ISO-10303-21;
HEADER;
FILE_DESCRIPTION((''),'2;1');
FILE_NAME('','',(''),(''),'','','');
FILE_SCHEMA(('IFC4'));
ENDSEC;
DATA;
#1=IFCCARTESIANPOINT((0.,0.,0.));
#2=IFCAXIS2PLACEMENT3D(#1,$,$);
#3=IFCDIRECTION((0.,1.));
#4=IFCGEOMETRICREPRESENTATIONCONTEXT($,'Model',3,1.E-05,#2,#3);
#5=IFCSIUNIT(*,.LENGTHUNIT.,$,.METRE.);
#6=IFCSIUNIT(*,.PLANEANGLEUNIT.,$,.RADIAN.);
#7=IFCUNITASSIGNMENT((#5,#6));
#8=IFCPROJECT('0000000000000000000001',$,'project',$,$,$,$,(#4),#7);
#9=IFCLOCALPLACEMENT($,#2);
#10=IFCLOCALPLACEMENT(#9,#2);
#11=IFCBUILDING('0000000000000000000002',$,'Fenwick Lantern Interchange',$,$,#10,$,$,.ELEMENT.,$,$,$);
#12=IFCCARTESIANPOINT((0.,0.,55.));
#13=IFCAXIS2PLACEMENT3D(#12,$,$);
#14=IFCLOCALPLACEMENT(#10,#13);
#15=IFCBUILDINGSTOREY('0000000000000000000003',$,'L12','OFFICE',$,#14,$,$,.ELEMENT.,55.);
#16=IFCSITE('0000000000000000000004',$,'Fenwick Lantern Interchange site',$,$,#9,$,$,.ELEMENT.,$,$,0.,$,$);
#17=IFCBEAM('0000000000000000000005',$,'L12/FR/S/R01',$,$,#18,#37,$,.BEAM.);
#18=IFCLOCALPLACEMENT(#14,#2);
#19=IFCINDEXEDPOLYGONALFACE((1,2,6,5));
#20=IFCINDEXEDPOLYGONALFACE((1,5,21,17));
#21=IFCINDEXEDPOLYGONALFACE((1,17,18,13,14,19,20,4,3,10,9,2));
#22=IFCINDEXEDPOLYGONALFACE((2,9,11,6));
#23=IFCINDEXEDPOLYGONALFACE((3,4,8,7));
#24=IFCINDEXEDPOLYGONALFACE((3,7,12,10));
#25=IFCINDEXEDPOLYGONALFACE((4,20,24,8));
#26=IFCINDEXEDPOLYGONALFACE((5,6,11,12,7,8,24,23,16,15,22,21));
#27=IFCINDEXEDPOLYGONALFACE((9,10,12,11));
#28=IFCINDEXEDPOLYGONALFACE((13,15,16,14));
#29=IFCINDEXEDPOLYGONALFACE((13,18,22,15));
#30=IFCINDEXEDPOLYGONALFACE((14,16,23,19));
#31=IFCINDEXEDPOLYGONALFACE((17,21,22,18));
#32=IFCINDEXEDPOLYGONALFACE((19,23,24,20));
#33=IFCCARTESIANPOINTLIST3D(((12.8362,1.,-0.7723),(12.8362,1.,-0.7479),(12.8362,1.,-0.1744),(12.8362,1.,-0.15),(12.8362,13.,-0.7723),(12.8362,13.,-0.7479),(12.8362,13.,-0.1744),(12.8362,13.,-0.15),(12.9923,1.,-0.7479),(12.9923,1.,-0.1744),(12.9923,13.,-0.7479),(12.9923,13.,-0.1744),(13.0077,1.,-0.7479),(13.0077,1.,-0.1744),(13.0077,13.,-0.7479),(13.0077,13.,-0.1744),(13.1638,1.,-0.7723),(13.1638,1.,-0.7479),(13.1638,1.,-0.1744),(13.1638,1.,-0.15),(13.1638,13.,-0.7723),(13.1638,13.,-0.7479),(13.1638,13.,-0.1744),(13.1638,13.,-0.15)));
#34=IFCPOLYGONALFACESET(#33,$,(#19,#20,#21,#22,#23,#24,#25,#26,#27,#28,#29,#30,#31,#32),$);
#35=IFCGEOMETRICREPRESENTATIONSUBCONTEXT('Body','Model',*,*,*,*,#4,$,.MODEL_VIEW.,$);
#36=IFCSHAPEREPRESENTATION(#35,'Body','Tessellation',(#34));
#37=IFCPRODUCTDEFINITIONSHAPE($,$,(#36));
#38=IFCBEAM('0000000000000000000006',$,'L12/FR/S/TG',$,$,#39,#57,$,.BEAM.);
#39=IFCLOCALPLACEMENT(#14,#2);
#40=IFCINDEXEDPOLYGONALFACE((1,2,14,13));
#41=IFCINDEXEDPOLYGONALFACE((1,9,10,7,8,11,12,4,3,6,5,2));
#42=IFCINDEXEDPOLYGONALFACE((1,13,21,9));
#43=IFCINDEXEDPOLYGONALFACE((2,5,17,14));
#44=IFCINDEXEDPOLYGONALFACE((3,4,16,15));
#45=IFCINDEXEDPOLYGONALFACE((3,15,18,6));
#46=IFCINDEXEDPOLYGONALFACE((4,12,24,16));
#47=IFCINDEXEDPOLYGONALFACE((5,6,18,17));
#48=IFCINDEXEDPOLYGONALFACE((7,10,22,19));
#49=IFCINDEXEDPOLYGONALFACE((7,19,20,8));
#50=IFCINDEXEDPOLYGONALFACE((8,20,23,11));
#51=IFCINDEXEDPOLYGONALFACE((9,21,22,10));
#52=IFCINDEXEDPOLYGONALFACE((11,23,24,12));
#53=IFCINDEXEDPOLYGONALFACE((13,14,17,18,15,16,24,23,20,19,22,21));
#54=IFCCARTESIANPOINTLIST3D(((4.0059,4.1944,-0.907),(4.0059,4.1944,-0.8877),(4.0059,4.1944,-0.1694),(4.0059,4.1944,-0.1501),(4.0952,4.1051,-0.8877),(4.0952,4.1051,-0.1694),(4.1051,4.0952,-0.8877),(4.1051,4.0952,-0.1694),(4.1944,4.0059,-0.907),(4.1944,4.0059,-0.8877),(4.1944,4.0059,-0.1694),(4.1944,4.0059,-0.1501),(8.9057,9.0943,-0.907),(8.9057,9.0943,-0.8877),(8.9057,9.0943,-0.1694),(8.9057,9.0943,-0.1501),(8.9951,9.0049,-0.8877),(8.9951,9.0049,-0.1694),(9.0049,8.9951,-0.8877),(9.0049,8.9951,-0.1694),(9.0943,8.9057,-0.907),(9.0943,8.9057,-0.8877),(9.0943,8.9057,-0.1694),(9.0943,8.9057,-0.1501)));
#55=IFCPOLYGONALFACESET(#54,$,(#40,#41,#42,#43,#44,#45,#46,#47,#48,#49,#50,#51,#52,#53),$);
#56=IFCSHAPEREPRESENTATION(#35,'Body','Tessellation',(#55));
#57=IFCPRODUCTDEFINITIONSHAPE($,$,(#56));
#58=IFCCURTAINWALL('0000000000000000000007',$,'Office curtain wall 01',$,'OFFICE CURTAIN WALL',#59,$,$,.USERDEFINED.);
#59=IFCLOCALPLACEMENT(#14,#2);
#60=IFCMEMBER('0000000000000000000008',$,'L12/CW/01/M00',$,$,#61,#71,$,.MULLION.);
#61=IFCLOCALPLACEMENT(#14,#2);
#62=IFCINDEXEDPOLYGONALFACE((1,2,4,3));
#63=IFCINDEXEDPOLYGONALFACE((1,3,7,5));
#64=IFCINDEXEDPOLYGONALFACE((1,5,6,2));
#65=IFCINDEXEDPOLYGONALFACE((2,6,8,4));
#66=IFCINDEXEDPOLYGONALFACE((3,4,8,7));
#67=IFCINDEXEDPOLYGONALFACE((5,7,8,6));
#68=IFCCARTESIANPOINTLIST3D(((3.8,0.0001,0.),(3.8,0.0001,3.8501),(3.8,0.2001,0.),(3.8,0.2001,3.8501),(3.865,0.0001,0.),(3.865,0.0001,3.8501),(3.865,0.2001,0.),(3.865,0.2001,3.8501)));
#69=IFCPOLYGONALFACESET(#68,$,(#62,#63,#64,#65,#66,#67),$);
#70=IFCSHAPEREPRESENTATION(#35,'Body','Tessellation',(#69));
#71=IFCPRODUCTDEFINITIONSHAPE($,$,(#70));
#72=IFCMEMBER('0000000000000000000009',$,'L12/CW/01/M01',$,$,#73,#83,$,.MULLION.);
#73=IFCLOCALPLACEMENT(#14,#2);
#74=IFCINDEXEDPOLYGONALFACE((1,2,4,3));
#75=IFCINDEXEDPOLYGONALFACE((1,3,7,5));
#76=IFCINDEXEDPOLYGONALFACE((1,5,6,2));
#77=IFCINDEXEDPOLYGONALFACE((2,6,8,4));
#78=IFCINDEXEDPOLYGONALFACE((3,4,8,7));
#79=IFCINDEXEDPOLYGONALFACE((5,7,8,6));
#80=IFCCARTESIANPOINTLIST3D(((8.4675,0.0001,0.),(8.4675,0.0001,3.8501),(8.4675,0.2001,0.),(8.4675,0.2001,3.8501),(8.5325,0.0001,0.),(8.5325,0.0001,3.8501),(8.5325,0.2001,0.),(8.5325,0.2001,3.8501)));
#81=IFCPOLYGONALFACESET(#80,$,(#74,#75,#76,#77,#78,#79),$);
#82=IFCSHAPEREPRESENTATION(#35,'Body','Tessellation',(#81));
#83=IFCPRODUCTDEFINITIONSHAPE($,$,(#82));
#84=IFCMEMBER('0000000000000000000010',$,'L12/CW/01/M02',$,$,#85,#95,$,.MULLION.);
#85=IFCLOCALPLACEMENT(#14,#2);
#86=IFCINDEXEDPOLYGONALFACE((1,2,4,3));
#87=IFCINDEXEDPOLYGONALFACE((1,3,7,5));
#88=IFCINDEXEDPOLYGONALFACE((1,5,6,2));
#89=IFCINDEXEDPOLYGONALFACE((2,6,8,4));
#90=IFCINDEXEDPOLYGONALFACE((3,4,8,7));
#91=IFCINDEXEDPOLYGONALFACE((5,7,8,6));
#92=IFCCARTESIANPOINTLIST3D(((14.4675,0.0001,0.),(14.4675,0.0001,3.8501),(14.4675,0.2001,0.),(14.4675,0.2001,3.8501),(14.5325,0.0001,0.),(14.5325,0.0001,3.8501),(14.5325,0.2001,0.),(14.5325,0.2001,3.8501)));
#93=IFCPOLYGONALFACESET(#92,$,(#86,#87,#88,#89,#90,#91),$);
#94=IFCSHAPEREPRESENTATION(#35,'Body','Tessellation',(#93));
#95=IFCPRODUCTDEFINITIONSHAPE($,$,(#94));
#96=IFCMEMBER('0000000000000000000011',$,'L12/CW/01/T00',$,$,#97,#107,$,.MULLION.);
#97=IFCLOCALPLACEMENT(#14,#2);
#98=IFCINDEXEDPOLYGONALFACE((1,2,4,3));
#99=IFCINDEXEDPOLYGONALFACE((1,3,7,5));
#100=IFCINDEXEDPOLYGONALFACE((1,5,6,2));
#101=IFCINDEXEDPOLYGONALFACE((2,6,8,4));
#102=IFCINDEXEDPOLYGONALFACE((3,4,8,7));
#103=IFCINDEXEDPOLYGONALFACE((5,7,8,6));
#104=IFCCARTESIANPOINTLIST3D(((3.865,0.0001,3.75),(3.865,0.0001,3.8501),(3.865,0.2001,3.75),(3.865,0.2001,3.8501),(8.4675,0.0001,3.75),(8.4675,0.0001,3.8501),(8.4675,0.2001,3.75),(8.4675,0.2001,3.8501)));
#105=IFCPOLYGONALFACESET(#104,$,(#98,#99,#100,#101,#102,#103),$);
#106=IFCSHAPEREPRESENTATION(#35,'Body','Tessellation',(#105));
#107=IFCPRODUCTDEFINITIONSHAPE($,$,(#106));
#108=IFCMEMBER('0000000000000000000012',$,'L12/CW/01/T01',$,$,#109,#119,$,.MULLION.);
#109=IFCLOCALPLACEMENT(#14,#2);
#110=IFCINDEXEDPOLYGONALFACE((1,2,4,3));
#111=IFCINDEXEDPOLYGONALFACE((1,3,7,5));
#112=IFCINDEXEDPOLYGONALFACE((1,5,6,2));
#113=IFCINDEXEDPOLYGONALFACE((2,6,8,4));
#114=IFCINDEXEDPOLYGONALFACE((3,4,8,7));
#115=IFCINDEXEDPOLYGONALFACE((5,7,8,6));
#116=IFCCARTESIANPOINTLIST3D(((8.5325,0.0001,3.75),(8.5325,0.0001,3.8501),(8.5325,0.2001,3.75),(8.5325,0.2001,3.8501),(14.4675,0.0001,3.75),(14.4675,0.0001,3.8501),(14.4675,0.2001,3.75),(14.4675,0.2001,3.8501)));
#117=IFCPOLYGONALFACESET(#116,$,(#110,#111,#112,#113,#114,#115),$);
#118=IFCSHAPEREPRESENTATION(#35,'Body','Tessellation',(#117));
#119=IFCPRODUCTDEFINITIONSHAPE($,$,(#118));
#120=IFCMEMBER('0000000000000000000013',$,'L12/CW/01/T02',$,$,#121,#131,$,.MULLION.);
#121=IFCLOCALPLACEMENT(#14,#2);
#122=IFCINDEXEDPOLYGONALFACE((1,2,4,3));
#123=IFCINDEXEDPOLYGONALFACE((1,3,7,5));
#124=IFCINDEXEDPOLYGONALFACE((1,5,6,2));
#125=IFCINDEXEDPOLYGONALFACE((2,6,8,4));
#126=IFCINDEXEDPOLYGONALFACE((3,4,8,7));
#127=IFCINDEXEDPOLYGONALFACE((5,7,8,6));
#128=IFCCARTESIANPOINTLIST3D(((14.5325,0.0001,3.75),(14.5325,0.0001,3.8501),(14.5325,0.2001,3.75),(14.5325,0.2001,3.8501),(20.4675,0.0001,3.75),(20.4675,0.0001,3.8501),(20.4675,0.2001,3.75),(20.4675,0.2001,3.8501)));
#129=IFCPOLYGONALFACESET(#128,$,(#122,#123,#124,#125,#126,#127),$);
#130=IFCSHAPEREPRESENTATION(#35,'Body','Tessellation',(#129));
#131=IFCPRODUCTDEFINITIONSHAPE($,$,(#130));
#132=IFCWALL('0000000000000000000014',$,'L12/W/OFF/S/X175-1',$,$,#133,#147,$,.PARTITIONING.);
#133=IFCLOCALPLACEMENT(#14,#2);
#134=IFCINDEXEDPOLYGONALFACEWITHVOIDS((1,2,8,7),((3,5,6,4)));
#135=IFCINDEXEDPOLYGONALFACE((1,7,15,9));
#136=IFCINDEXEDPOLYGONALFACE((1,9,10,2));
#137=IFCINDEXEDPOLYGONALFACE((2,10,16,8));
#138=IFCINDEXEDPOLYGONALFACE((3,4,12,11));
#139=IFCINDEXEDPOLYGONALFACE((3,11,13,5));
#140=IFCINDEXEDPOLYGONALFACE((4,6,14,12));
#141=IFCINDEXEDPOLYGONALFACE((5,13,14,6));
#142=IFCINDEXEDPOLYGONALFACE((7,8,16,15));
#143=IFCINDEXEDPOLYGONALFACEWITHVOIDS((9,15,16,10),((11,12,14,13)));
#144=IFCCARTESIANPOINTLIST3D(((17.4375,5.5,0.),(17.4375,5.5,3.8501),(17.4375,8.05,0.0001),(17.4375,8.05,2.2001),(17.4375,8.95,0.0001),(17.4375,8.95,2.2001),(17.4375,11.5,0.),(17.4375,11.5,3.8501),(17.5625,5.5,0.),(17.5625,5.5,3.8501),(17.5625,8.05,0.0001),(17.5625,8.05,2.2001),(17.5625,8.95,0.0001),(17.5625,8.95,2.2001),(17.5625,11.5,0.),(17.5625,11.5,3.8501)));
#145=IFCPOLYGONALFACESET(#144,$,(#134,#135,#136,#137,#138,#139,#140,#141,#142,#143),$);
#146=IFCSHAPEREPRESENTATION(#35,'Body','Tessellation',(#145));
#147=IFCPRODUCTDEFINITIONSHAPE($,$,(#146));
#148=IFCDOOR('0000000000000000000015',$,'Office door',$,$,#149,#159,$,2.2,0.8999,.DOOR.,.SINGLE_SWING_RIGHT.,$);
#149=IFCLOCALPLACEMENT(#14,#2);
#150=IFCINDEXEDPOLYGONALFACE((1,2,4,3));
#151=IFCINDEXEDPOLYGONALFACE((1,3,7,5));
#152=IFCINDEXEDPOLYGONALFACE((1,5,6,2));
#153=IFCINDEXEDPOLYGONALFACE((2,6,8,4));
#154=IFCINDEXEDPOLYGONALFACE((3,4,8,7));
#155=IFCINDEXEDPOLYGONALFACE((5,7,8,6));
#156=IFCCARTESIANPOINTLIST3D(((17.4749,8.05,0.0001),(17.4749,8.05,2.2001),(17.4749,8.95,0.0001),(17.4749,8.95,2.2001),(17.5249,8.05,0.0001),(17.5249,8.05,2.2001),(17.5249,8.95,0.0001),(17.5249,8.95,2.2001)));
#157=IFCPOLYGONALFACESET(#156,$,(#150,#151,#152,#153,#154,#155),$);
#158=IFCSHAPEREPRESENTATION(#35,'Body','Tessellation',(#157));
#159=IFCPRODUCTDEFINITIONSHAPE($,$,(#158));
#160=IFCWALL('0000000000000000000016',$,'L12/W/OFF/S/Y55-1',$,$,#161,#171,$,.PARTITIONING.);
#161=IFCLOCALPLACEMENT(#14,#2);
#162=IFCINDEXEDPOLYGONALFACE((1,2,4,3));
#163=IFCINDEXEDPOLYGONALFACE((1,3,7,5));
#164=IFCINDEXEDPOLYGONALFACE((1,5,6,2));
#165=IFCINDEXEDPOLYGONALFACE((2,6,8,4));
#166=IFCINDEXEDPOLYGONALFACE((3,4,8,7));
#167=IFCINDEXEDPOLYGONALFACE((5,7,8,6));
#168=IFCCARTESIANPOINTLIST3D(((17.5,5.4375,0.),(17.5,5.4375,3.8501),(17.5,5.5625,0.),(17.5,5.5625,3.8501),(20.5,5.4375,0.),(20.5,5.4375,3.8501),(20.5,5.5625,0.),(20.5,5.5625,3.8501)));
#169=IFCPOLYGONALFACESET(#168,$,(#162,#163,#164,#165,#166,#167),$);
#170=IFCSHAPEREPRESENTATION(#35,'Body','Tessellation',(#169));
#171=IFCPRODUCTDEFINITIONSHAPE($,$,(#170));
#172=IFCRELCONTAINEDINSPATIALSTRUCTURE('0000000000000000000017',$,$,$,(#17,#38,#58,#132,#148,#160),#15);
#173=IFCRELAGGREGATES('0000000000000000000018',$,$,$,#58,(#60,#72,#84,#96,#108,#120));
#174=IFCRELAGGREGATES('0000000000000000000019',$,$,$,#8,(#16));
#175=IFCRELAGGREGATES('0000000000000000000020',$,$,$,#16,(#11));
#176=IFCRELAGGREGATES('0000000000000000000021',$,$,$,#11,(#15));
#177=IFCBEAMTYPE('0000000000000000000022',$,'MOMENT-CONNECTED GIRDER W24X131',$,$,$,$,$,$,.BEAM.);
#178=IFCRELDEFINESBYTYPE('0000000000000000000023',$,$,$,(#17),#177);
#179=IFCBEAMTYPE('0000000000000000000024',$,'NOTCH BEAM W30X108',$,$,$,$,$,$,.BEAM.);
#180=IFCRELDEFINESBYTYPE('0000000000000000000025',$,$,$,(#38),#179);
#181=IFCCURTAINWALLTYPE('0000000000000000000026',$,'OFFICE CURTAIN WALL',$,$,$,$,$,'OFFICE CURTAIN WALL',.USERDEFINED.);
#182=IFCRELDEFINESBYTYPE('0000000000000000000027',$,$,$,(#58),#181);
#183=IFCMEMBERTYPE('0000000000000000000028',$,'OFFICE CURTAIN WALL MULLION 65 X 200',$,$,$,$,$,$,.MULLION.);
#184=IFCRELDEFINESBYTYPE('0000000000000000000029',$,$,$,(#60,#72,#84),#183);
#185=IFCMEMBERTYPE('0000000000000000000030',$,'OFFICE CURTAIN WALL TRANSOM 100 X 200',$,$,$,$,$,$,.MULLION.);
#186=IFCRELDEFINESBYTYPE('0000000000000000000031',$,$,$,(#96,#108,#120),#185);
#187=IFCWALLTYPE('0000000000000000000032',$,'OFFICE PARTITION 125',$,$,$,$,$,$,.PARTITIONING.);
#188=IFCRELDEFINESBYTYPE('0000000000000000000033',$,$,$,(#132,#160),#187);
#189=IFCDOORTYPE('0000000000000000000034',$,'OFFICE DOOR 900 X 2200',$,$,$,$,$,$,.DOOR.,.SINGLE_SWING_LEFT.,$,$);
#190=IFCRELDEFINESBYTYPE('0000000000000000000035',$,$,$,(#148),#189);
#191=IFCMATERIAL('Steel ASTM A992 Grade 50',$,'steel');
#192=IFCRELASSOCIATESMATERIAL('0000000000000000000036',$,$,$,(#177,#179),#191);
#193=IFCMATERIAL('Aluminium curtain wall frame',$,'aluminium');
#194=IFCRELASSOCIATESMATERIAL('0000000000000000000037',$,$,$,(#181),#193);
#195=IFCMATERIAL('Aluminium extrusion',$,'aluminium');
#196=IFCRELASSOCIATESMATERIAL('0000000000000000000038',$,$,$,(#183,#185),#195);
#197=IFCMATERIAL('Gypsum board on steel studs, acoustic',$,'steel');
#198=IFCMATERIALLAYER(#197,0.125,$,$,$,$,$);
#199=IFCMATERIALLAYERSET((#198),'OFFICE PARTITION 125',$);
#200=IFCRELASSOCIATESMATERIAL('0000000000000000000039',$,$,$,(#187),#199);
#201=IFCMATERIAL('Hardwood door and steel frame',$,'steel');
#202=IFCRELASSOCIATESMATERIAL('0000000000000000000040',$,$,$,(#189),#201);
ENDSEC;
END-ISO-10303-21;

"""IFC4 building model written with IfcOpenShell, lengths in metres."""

from ifc_helpers import new_model, si_unit, direction, frame, frame_2d, origin, origin_2d, place, context, subcontext, project, spatial, rectangle, i_section, extrude, material, layer, layer_set, material_profile, profile_set, type_object, element, fill, aggregate, save


model = new_model("IFC4")

# Units and contexts
model_context = context("Model", 3, precision=1e-05, world=origin(), true_north=direction((0.0, 1.0)))
body_context = subcontext(model_context, "Body", "Model", "MODEL_VIEW")
ifc_project = project(units=[si_unit("LENGTHUNIT", "METRE"), si_unit("PLANEANGLEUNIT", "RADIAN")], contexts=[model_context])

# Site, building, storey
site_placement = place(None, origin())
site = spatial("IfcSite", under=ifc_project, at=site_placement, Name="Fenwick Lantern Interchange site", CompositionType="ELEMENT", RefElevation=0.0)
building_placement = place(site_placement, origin())
building = spatial("IfcBuilding", under=site, at=building_placement, Name="Fenwick Lantern Interchange", CompositionType="ELEMENT")
storey_placement = place(building_placement, frame((0.0, 0.0, 55.0)))
storey = spatial("IfcBuildingStorey", under=building, at=storey_placement, Name="L12", Description="OFFICE", CompositionType="ELEMENT", Elevation=55.0)

# Shared definitions
ifc_material_1 = material(Name="Steel ASTM A992 Grade 50", Category="steel")

# Beams
ifc_material_profile_1 = material_profile(ifc_material_1, i_section(OverallWidth=0.3276, OverallDepth=0.6223, WebThickness=0.0154, FlangeThickness=0.0244, at=origin_2d()), Name="W24X131")
ifc_profile_set_1 = profile_set([ifc_material_profile_1], Name="Steel ASTM A992 Grade 50")
beam_type_1 = type_object("IfcBeamType", Name="MOMENT-CONNECTED GIRDER W24X131", PredefinedType="BEAM", material=ifc_profile_set_1)
beam_1_placement = place(storey_placement, frame((13.0, 1.0, -0.4612), z_axis=(0.0, 1.0, 0.0), x_axis=(-1.0, 0.0, 0.0)))
element("IfcBeam", 1, at=beam_1_placement, inside=storey, type_object=beam_type_1, Name="L12/FR/S/R01", PredefinedType="BEAM", context=body_context, shape_type="SweptSolid", body=[
    extrude(i_section(OverallWidth=0.3276, OverallDepth=0.6223, WebThickness=0.0154, FlangeThickness=0.0244, at=origin_2d()), origin(), (0.0, 0.0, 1.0), 12.0),
])
ifc_material_profile_2 = material_profile(ifc_material_1, i_section(OverallWidth=0.2666, OverallDepth=0.7568, WebThickness=0.0139, FlangeThickness=0.0193, at=origin_2d()), Name="W30X108")
ifc_profile_set_2 = profile_set([ifc_material_profile_2], Name="Steel ASTM A992 Grade 50")
beam_type_2 = type_object("IfcBeamType", Name="NOTCH BEAM W30X108", PredefinedType="BEAM", material=ifc_profile_set_2)
beam_2_placement = place(storey_placement, frame((9.0, 9.0, -0.5286), z_axis=(-0.707107, -0.707107, 0.0), x_axis=(0.707107, -0.707107, 0.0)))
element("IfcBeam", 2, at=beam_2_placement, inside=storey, type_object=beam_type_2, Name="L12/FR/S/TG", PredefinedType="BEAM", context=body_context, shape_type="SweptSolid", body=[
    extrude(i_section(OverallWidth=0.2666, OverallDepth=0.7568, WebThickness=0.0139, FlangeThickness=0.0193, at=origin_2d()), origin(), (0.0, 0.0, 1.0), 6.9294),
])

# Curtain wall, members
ifc_material_2 = material(Name="Aluminium curtain wall frame", Category="aluminium")
curtain_wall_type = type_object("IfcCurtainWallType", Name="OFFICE CURTAIN WALL", ElementType="OFFICE CURTAIN WALL", PredefinedType="USERDEFINED", material=ifc_material_2)
curtain_wall_placement = place(storey_placement, origin())
curtain_wall = element("IfcCurtainWall", 3, at=curtain_wall_placement, inside=storey, type_object=curtain_wall_type, Name="Office curtain wall 01", ObjectType="OFFICE CURTAIN WALL", PredefinedType="USERDEFINED")
ifc_material_3 = material(Name="Aluminium extrusion", Category="aluminium")
ifc_material_profile_3 = material_profile(ifc_material_3, rectangle(XDim=0.2, YDim=0.0649, at=origin_2d()), Name="OFFICE CURTAIN WALL MULLION 65 X 200")
ifc_profile_set_3 = profile_set([ifc_material_profile_3], Name="Aluminium extrusion")
member_type_1 = type_object("IfcMemberType", Name="OFFICE CURTAIN WALL MULLION 65 X 200", PredefinedType="MULLION", material=ifc_profile_set_3)
member_1_placement = place(storey_placement, frame((3.8325, 0.1001, 0.0), z_axis=(0.0, 0.0, 1.0), x_axis=(0.0, 1.0, 0.0)))
member_1 = element("IfcMember", 4, at=member_1_placement, type_object=member_type_1, Name="L12/CW/01/M00", PredefinedType="MULLION", context=body_context, shape_type="SweptSolid", body=[
    extrude(rectangle(XDim=0.2, YDim=0.0649, at=origin_2d()), origin(), (0.0, 0.0, 1.0), 3.8501),
])
member_2_placement = place(storey_placement, frame((8.5, 0.1001, 0.0), z_axis=(0.0, 0.0, 1.0), x_axis=(0.0, 1.0, 0.0)))
member_2 = element("IfcMember", 5, at=member_2_placement, type_object=member_type_1, Name="L12/CW/01/M01", PredefinedType="MULLION", context=body_context, shape_type="SweptSolid", body=[
    extrude(rectangle(XDim=0.2, YDim=0.0649, at=origin_2d()), origin(), (0.0, 0.0, 1.0), 3.8501),
])
member_3_placement = place(storey_placement, frame((14.5, 0.1001, 0.0), z_axis=(0.0, 0.0, 1.0), x_axis=(0.0, 1.0, 0.0)))
member_3 = element("IfcMember", 6, at=member_3_placement, type_object=member_type_1, Name="L12/CW/01/M02", PredefinedType="MULLION", context=body_context, shape_type="SweptSolid", body=[
    extrude(rectangle(XDim=0.2, YDim=0.0649, at=origin_2d()), origin(), (0.0, 0.0, 1.0), 3.8501),
])
ifc_material_profile_4 = material_profile(ifc_material_3, rectangle(XDim=0.2, YDim=0.1001, at=origin_2d()), Name="OFFICE CURTAIN WALL TRANSOM 100 X 200")
ifc_profile_set_4 = profile_set([ifc_material_profile_4], Name="Aluminium extrusion")
member_type_2 = type_object("IfcMemberType", Name="OFFICE CURTAIN WALL TRANSOM 100 X 200", PredefinedType="MULLION", material=ifc_profile_set_4)
member_4_placement = place(storey_placement, frame((3.865, 0.1001, 3.8), z_axis=(1.0, 0.0, 0.0), x_axis=(0.0, 1.0, 0.0)))
member_4 = element("IfcMember", 7, at=member_4_placement, type_object=member_type_2, Name="L12/CW/01/T00", PredefinedType="MULLION", context=body_context, shape_type="SweptSolid", body=[
    extrude(rectangle(XDim=0.2, YDim=0.1001, at=origin_2d()), origin(), (0.0, 0.0, 1.0), 4.6025),
])
member_5_placement = place(storey_placement, frame((8.5325, 0.1001, 3.8), z_axis=(1.0, 0.0, 0.0), x_axis=(0.0, 1.0, 0.0)))
member_5 = element("IfcMember", 8, at=member_5_placement, type_object=member_type_2, Name="L12/CW/01/T01", PredefinedType="MULLION", context=body_context, shape_type="SweptSolid", body=[
    extrude(rectangle(XDim=0.2, YDim=0.1001, at=origin_2d()), origin(), (0.0, 0.0, 1.0), 5.9351),
])
member_6_placement = place(storey_placement, frame((14.5325, 0.1001, 3.8), z_axis=(1.0, 0.0, 0.0), x_axis=(0.0, 1.0, 0.0)))
member_6 = element("IfcMember", 9, at=member_6_placement, type_object=member_type_2, Name="L12/CW/01/T02", PredefinedType="MULLION", context=body_context, shape_type="SweptSolid", body=[
    extrude(rectangle(XDim=0.2, YDim=0.1001, at=origin_2d()), origin(), (0.0, 0.0, 1.0), 5.9351),
])
aggregate(curtain_wall, [member_1, member_2, member_3, member_4, member_5, member_6])

# Wall, opening, door
ifc_material_4 = material(Name="Gypsum board on steel studs, acoustic", Category="steel")
ifc_layer = layer(ifc_material_4, 0.125)
ifc_layer_set = layer_set([ifc_layer], Name="OFFICE PARTITION 125")
wall_type = type_object("IfcWallType", Name="OFFICE PARTITION 125", PredefinedType="PARTITIONING", material=ifc_layer_set)
wall_1_placement = place(storey_placement, frame((17.5, 5.5, 0.0), z_axis=(0.0, 0.0, 1.0), x_axis=(0.0, 1.0, 0.0)))
wall_1 = element("IfcWall", 10, at=wall_1_placement, inside=storey, type_object=wall_type, Name="L12/W/OFF/S/X175-1", PredefinedType="PARTITIONING", context=body_context, shape_type="SweptSolid", body=[
    extrude(rectangle(XDim=6.0, YDim=0.125, at=frame_2d((3.0, 0.0))), origin(), (0.0, 0.0, 1.0), 3.8501),
])
opening_placement = place(wall_1_placement, frame((2.55, 0.0, 0.0)))
opening = element("IfcOpeningElement", 11, at=opening_placement, cuts=wall_1, PredefinedType="OPENING", context=body_context, shape_type="SweptSolid", body=[
    extrude(rectangle(XDim=0.8999, YDim=2.2, at=frame_2d((0.45, 1.1001))), frame((0.0, 0.0725, 0.0), z_axis=(0.0, -1.0, 0.0), x_axis=(1.0, 0.0, 0.0)), (0.0, 0.0, 1.0), 0.145),
])
ifc_material_5 = material(Name="Hardwood door and steel frame", Category="steel")
door_type = type_object("IfcDoorType", Name="OFFICE DOOR 900 X 2200", OperationType="SINGLE_SWING_LEFT", PredefinedType="DOOR", material=ifc_material_5)
door_placement = place(opening_placement, frame((0.8999, 0.0, 0.0), z_axis=(0.0, 0.0, 1.0), x_axis=(-1.0, 0.0, 0.0)))
door = element("IfcDoor", 12, at=door_placement, inside=storey, type_object=door_type, Name="Office door", OperationType="SINGLE_SWING_RIGHT", OverallHeight=2.2, OverallWidth=0.8999, PredefinedType="DOOR", context=body_context, shape_type="SweptSolid", body=[
    extrude(rectangle(XDim=0.8999, YDim=2.2, at=frame_2d((0.45, 1.1001))), frame((0.0, 0.0249, 0.0), z_axis=(0.0, -1.0, 0.0), x_axis=(1.0, 0.0, 0.0)), (0.0, 0.0, 1.0), 0.05),
])
fill(opening, door)

# Wall
wall_2_placement = place(storey_placement, frame((17.5, 5.5, 0.0), z_axis=(0.0, 0.0, 1.0), x_axis=(1.0, 0.0, 0.0)))
element("IfcWall", 13, at=wall_2_placement, inside=storey, type_object=wall_type, Name="L12/W/OFF/S/Y55-1", PredefinedType="PARTITIONING", context=body_context, shape_type="SweptSolid", body=[
    extrude(rectangle(XDim=3.0, YDim=0.125, at=frame_2d((1.5, 0.0))), origin(), (0.0, 0.0, 1.0), 3.8501),
])

save(model, "model.ifc")
